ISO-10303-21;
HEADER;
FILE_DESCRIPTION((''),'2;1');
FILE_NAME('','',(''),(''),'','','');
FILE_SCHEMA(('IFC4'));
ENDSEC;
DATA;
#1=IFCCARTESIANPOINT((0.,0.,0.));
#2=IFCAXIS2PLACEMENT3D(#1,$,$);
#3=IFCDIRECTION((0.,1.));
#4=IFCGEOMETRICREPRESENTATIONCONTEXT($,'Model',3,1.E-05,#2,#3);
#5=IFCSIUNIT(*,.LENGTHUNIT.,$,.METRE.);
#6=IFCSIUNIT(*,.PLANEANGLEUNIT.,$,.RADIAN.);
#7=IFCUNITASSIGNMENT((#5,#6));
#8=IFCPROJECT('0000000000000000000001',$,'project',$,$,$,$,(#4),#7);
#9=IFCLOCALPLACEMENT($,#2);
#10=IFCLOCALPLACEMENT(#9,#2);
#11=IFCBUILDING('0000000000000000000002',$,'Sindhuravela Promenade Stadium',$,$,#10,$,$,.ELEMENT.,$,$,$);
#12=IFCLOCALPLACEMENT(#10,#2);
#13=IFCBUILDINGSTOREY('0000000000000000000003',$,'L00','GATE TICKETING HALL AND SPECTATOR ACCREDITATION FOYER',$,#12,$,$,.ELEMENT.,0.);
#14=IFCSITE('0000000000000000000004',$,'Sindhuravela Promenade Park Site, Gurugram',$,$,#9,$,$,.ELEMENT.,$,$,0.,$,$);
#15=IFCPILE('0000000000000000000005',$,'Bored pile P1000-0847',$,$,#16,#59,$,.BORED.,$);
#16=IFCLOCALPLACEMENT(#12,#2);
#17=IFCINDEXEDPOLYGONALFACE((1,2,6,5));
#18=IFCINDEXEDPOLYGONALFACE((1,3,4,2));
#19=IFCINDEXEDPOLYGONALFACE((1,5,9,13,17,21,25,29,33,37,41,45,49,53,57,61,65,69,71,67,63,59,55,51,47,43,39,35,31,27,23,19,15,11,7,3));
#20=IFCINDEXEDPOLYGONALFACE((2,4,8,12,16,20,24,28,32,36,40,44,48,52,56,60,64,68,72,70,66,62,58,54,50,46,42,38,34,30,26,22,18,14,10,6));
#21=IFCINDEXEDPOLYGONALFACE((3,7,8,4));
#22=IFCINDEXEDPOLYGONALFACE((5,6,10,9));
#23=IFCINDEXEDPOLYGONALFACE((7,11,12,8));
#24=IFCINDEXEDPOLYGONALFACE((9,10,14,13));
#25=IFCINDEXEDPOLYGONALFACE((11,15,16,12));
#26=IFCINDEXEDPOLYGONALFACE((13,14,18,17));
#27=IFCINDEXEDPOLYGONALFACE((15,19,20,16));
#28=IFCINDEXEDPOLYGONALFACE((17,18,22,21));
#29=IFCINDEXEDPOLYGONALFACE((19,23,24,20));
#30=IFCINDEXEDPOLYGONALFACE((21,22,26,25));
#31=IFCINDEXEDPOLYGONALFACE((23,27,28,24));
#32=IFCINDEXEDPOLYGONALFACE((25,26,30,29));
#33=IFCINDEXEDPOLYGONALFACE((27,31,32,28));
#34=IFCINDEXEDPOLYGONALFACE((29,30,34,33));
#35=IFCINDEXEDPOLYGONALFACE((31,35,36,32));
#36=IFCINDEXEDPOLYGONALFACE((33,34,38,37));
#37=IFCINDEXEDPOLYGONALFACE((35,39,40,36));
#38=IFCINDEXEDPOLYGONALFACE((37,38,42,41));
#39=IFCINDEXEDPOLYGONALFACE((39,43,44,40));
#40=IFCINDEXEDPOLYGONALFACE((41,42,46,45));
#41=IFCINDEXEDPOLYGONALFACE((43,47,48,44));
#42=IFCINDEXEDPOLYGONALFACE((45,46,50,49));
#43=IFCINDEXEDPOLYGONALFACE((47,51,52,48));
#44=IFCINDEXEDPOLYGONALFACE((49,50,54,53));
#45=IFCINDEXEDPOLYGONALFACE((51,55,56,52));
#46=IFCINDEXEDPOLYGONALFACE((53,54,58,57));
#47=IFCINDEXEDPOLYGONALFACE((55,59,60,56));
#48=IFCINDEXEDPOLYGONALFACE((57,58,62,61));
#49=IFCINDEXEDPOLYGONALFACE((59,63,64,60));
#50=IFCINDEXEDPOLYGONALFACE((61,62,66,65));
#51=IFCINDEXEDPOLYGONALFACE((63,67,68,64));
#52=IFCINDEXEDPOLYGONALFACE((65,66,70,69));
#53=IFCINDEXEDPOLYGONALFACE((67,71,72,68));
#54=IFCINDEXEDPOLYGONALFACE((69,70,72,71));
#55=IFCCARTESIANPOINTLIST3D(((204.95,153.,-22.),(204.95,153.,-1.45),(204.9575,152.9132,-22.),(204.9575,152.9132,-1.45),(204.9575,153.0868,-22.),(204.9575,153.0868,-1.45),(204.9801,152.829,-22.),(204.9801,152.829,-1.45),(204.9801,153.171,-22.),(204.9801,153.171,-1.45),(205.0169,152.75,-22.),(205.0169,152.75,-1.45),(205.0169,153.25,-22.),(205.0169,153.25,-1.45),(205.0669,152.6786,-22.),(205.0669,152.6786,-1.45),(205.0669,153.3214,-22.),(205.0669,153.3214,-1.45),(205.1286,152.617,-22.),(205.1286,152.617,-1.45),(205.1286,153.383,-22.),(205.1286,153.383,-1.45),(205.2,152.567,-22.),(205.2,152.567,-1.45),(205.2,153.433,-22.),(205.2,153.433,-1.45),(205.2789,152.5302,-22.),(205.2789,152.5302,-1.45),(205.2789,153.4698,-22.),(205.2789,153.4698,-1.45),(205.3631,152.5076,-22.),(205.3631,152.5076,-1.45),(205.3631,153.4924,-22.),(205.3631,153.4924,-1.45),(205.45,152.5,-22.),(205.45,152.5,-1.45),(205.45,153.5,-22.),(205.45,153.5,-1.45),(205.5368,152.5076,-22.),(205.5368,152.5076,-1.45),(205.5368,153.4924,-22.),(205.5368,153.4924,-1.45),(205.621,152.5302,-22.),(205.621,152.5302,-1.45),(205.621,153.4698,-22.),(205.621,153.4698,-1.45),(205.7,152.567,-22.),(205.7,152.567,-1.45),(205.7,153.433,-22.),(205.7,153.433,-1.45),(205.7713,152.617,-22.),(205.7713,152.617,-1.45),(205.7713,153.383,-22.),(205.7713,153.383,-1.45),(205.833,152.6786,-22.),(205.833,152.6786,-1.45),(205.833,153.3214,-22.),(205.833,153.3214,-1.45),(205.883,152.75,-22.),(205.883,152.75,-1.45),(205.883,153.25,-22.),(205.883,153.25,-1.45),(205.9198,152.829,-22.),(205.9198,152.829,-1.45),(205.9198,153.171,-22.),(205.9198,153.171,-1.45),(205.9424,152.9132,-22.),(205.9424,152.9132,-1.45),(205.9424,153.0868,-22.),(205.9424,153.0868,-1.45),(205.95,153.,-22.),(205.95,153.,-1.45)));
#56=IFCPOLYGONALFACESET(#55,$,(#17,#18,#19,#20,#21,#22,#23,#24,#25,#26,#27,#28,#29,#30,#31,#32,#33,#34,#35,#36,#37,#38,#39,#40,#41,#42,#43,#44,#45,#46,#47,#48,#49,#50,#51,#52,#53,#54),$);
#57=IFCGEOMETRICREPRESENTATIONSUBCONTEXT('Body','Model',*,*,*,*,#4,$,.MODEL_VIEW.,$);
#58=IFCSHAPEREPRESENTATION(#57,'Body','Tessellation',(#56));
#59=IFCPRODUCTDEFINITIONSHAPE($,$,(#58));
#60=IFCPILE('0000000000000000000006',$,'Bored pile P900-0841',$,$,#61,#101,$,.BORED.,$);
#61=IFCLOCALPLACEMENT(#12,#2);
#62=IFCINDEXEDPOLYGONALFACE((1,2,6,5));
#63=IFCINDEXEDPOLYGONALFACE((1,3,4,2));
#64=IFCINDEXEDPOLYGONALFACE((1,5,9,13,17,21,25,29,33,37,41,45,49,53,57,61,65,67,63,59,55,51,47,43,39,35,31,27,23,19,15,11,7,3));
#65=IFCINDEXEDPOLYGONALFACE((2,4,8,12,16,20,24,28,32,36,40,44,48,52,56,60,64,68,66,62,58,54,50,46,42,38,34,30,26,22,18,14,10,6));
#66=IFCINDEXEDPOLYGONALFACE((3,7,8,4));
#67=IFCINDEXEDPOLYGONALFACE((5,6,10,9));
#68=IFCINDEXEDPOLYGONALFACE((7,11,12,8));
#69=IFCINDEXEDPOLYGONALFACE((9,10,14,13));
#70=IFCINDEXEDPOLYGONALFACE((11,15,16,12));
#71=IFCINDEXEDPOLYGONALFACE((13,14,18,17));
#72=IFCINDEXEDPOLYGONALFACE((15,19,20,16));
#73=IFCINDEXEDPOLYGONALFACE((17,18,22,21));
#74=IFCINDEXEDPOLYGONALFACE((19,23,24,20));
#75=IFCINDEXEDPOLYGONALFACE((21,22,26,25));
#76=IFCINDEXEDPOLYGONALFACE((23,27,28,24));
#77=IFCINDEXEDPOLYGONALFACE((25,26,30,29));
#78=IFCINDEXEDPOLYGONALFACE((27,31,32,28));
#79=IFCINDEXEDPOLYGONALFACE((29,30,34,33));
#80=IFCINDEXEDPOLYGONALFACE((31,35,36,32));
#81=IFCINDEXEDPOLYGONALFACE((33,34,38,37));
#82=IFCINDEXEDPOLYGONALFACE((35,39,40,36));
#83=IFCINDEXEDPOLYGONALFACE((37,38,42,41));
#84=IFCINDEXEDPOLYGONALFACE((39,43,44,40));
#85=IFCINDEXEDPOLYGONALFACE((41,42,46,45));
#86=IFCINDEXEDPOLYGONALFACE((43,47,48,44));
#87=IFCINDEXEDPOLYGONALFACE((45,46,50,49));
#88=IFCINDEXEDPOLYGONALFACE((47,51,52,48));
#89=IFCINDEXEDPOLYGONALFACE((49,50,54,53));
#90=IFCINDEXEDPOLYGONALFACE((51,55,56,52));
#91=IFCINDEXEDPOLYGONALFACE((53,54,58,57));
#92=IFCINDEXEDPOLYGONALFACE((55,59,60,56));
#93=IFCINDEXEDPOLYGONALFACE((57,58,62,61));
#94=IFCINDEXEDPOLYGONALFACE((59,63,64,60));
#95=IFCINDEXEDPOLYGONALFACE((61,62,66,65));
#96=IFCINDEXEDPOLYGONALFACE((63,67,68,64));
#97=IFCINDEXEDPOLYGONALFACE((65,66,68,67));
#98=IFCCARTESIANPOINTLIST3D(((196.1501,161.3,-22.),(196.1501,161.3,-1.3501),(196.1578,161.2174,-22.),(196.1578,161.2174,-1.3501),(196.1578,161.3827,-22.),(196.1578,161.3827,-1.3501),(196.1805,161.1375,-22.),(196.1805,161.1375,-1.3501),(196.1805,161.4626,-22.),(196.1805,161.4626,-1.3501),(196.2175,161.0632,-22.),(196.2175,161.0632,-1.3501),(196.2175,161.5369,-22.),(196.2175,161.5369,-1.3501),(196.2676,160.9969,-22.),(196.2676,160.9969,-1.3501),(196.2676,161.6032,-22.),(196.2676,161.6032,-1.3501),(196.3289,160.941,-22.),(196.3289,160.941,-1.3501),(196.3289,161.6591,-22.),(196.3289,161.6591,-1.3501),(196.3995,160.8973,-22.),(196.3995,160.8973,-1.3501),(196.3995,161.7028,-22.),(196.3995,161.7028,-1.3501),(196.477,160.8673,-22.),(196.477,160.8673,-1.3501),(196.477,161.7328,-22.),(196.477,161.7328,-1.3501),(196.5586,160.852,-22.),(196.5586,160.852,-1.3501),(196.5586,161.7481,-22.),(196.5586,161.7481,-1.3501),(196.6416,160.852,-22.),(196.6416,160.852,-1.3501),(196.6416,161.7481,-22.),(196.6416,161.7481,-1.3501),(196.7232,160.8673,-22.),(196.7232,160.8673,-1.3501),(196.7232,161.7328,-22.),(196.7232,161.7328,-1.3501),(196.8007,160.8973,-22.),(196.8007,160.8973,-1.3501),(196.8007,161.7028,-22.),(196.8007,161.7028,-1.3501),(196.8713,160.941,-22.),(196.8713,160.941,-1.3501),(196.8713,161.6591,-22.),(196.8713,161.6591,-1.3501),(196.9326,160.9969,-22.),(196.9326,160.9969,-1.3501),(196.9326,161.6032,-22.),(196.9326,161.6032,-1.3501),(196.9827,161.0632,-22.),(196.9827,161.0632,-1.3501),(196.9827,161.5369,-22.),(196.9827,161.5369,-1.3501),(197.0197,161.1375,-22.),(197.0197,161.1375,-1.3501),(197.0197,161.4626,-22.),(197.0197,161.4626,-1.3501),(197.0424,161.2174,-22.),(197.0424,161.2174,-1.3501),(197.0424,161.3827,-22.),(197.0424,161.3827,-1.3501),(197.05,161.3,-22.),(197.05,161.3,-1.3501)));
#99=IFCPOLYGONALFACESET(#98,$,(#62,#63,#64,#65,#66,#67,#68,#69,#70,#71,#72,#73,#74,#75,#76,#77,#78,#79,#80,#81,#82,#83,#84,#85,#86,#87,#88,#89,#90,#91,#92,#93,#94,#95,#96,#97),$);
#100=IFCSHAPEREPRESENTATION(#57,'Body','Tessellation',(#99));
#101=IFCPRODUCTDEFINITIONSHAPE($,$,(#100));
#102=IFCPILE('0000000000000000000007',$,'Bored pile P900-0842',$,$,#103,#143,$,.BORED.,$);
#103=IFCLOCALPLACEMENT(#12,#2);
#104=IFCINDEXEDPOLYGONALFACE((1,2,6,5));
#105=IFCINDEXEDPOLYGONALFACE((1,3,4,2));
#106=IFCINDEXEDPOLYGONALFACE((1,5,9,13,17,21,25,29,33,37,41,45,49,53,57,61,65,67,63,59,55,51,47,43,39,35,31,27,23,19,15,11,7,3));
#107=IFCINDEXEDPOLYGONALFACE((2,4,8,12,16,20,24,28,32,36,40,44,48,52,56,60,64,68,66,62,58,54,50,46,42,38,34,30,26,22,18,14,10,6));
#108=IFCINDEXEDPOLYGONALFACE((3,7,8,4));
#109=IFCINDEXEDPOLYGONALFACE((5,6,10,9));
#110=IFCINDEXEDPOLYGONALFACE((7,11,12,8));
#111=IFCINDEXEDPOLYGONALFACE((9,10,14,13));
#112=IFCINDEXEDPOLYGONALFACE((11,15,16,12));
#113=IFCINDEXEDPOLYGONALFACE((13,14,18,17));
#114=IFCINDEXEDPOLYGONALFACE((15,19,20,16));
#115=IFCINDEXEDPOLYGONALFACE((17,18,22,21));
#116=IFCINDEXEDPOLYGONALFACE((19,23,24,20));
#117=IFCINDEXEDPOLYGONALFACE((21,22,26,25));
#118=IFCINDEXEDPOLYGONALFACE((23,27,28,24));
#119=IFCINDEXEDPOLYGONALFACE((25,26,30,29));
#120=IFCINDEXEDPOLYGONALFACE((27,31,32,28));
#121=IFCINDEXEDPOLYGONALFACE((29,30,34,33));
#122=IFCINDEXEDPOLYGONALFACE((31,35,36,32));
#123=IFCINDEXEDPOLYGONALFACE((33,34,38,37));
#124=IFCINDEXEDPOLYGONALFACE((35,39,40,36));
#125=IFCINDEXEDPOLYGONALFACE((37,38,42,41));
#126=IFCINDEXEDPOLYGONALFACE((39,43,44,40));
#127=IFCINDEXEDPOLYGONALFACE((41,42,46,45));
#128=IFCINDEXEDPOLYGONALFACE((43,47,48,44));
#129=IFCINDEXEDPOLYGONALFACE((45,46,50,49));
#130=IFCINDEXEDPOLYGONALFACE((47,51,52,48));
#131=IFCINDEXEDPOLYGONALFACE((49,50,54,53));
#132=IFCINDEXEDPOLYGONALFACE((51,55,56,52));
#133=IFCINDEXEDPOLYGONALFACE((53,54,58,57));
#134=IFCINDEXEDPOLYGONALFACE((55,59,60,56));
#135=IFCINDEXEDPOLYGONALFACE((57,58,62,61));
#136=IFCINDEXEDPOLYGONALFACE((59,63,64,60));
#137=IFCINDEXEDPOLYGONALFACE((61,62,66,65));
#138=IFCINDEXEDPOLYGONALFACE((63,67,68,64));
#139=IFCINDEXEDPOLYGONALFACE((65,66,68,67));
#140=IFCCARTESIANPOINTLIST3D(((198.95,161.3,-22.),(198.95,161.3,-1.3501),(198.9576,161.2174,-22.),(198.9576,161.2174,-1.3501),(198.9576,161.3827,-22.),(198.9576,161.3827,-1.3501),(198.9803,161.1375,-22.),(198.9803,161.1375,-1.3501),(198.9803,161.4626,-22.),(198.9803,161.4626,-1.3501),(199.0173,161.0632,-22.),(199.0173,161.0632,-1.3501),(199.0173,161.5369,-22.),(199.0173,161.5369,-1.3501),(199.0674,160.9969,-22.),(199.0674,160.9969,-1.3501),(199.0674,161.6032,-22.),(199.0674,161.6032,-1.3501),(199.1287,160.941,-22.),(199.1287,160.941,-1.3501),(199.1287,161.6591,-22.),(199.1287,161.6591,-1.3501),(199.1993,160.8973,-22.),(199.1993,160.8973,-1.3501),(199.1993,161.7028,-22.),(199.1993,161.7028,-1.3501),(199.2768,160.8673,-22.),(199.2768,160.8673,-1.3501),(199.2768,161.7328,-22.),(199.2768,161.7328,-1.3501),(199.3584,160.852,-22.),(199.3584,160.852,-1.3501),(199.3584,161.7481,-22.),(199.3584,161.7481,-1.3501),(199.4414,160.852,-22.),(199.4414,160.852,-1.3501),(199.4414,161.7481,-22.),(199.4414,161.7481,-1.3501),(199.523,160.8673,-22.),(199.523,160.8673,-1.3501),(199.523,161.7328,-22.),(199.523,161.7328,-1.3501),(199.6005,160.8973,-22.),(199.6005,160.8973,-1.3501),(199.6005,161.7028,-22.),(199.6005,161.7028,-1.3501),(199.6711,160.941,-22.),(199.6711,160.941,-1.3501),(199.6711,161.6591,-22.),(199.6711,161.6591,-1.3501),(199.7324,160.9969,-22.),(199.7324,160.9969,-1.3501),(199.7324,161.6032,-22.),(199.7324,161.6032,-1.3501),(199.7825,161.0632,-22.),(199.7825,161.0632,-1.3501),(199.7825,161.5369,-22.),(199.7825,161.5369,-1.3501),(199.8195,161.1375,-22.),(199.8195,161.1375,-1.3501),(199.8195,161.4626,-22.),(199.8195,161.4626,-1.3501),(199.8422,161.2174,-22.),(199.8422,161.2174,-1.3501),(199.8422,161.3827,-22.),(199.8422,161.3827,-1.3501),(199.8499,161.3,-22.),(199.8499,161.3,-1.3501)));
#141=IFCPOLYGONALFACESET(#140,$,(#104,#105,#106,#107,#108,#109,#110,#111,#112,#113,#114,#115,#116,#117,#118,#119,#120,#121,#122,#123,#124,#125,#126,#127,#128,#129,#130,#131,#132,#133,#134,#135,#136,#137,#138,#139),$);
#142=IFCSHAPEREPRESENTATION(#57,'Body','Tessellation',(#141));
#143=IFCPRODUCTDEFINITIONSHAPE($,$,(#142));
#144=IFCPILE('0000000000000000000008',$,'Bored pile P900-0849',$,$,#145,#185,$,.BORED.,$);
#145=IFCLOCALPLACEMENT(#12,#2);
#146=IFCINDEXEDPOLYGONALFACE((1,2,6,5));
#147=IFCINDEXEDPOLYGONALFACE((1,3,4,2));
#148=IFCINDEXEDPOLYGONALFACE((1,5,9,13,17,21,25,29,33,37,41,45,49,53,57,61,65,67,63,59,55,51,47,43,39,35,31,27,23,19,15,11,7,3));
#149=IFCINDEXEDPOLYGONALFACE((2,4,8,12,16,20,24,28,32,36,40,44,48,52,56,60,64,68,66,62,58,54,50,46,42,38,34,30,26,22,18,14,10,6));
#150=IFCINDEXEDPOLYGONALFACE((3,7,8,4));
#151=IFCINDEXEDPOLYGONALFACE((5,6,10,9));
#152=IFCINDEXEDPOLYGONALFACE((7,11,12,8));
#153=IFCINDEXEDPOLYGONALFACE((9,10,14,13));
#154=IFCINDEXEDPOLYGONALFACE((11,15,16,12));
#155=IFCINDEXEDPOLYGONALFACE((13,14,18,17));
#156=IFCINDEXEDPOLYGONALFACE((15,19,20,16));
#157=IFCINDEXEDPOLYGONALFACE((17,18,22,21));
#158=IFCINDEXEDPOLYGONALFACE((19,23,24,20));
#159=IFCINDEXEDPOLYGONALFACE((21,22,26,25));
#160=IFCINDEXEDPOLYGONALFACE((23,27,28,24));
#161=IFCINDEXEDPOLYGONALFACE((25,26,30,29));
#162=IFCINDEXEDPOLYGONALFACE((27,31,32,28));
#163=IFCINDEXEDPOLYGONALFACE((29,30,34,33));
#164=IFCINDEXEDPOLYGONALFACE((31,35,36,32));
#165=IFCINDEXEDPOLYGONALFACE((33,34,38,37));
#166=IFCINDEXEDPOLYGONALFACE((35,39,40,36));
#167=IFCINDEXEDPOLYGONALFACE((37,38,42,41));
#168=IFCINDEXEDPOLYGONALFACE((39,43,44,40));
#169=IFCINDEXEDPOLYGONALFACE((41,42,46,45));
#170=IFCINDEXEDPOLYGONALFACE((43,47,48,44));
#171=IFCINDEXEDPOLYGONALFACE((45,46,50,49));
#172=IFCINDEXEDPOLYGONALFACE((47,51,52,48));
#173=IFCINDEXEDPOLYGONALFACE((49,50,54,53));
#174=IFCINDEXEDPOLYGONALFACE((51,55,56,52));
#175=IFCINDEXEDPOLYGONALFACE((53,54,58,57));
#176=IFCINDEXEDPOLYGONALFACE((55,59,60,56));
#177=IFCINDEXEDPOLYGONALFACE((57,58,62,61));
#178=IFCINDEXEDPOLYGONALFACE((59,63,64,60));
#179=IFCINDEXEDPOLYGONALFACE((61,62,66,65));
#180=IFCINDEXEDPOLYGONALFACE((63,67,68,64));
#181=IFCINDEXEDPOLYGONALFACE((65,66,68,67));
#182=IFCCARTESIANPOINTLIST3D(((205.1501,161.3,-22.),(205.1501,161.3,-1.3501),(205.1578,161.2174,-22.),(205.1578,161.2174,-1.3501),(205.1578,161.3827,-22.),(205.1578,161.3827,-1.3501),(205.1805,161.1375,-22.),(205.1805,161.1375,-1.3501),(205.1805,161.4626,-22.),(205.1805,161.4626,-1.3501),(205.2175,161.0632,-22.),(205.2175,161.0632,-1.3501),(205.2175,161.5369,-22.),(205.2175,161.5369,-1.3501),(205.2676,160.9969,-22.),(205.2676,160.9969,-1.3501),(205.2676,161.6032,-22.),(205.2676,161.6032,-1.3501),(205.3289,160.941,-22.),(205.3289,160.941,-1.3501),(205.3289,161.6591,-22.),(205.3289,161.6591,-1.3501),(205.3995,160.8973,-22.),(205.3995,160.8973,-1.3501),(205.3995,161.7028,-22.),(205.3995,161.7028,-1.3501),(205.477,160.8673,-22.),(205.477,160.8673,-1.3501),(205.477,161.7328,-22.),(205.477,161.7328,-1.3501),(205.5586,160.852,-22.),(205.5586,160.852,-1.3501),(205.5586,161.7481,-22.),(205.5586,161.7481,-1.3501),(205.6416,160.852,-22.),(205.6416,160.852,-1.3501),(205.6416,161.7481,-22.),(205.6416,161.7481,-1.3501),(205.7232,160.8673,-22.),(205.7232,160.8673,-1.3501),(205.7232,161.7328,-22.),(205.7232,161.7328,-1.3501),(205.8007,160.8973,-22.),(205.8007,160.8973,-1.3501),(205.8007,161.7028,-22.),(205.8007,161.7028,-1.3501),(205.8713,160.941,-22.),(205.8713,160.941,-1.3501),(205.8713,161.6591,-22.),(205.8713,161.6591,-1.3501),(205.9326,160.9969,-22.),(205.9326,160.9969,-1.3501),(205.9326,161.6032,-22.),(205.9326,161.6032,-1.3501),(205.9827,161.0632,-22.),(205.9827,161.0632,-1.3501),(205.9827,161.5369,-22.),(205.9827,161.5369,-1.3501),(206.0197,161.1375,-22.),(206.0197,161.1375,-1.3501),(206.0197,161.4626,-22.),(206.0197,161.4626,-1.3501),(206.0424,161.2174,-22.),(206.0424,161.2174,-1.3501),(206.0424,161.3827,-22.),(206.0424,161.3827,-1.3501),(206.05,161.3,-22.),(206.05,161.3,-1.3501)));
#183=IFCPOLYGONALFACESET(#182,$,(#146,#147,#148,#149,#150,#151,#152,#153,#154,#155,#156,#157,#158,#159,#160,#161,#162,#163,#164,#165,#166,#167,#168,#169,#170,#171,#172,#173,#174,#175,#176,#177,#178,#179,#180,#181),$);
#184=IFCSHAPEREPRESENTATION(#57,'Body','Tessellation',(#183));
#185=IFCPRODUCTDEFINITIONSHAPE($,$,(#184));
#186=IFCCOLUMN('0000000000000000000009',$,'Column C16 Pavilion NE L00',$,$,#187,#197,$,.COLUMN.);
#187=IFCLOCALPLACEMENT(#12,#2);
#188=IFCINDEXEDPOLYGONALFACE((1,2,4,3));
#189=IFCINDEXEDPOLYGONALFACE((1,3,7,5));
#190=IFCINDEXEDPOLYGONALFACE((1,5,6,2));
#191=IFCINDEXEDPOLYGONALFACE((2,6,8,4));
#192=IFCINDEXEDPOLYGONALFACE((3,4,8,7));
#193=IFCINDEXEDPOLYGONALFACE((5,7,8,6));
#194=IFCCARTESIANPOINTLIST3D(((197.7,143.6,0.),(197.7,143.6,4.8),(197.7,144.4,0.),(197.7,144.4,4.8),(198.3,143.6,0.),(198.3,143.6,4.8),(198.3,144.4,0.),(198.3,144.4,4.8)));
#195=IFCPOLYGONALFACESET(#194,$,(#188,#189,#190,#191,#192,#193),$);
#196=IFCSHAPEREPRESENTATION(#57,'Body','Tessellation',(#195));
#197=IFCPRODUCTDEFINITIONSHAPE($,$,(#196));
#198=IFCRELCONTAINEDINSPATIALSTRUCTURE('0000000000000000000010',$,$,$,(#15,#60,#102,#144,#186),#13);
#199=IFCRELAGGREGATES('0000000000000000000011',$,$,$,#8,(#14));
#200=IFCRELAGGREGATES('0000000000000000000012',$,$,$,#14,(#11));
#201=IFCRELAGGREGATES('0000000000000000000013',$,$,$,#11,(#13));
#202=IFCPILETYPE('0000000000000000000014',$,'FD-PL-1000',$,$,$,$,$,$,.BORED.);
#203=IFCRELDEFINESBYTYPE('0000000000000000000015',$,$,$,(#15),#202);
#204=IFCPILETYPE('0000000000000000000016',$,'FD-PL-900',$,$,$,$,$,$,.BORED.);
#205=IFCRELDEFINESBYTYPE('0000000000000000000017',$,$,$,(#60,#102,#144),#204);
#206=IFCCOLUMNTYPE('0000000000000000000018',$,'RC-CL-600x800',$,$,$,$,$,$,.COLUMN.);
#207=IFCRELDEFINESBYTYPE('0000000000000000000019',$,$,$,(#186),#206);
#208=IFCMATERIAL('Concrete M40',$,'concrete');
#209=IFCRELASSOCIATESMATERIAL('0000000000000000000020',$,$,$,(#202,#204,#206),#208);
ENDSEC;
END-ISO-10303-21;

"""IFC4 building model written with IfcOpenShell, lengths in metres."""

from ifc_helpers import new_model, si_unit, direction, frame, origin, origin_2d, place, context, subcontext, project, spatial, rectangle, circle, extrude, material, material_profile, profile_set, type_object, element, save


model = new_model("IFC4")

# Units and contexts
model_context = context("Model", 3, precision=1e-05, world=origin(), true_north=direction((0.0, 1.0)))
body_context = subcontext(model_context, "Body", "Model", "MODEL_VIEW")
ifc_project = project(units=[si_unit("LENGTHUNIT", "METRE"), si_unit("PLANEANGLEUNIT", "RADIAN")], contexts=[model_context])

# Site, building, storey
site_placement = place(None, origin())
site = spatial("IfcSite", under=ifc_project, at=site_placement, Name="Sindhuravela Promenade Park Site, Gurugram", CompositionType="ELEMENT", RefElevation=0.0)
building_placement = place(site_placement, origin())
building = spatial("IfcBuilding", under=site, at=building_placement, Name="Sindhuravela Promenade Stadium", CompositionType="ELEMENT")
storey_placement = place(building_placement, origin())
storey = spatial("IfcBuildingStorey", under=building, at=storey_placement, Name="L00", Description="GATE TICKETING HALL AND SPECTATOR ACCREDITATION FOYER", CompositionType="ELEMENT", Elevation=0.0)

# Piles
ifc_material_1 = material(Name="Concrete M40", Category="concrete")
ifc_material_profile_1 = material_profile(ifc_material_1, circle(Radius=0.5, at=origin_2d()), Name="BORED PILE D1000")
ifc_profile_set_1 = profile_set([ifc_material_profile_1], Name="Concrete M40")
pile_type_1 = type_object("IfcPileType", Name="FD-PL-1000", PredefinedType="BORED", material=ifc_profile_set_1)
for number, where, z_axis, x_axis, name in (
    (1, (205.45, 153.0, -1.45), (0.0, 0.0, -1.0), (1.0, 0.0, 0.0), "Bored pile P1000-0847"),
):
    element("IfcPile", number, at=place(storey_placement, frame(where, z_axis=z_axis, x_axis=x_axis)), inside=storey, type_object=pile_type_1, Name=name, PredefinedType="BORED", context=body_context, shape_type="SweptSolid", body=[
        extrude(circle(Radius=0.5, at=origin_2d()), origin(), (0.0, 0.0, 1.0), 20.55),
    ])
ifc_material_profile_2 = material_profile(ifc_material_1, circle(Radius=0.45, at=origin_2d()), Name="BORED PILE D900")
ifc_profile_set_2 = profile_set([ifc_material_profile_2], Name="Concrete M40")
pile_type_2 = type_object("IfcPileType", Name="FD-PL-900", PredefinedType="BORED", material=ifc_profile_set_2)
for number, where, z_axis, x_axis, name in (
    (2, (196.6001, 161.3, -1.3501), (0.0, 0.0, -1.0), (1.0, 0.0, 0.0), "Bored pile P900-0841"),
    (3, (199.3999, 161.3, -1.3501), (0.0, 0.0, -1.0), (1.0, 0.0, 0.0), "Bored pile P900-0842"),
    (4, (205.6001, 161.3, -1.3501), (0.0, 0.0, -1.0), (1.0, 0.0, 0.0), "Bored pile P900-0849"),
):
    element("IfcPile", number, at=place(storey_placement, frame(where, z_axis=z_axis, x_axis=x_axis)), inside=storey, type_object=pile_type_2, Name=name, PredefinedType="BORED", context=body_context, shape_type="SweptSolid", body=[
        extrude(circle(Radius=0.45, at=origin_2d()), origin(), (0.0, 0.0, 1.0), 20.6499),
    ])

# Column
ifc_material_profile_3 = material_profile(ifc_material_1, rectangle(XDim=0.6001, YDim=0.8, at=origin_2d()), Name="RC 600x800")
ifc_profile_set_3 = profile_set([ifc_material_profile_3], Name="Concrete M40")
column_type = type_object("IfcColumnType", Name="RC-CL-600x800", PredefinedType="COLUMN", material=ifc_profile_set_3)
for number, where, z_axis, x_axis, name in (
    (5, (198.0, 144.0, 0.0), (0.0, 0.0, 1.0), (1.0, 0.0, 0.0), "Column C16 Pavilion NE L00"),
):
    element("IfcColumn", number, at=place(storey_placement, frame(where, z_axis=z_axis, x_axis=x_axis)), inside=storey, type_object=column_type, Name=name, PredefinedType="COLUMN", context=body_context, shape_type="SweptSolid", body=[
        extrude(rectangle(XDim=0.6001, YDim=0.8, at=origin_2d()), origin(), (0.0, 0.0, 1.0), 4.8),
    ])

save(model, "model.ifc")
